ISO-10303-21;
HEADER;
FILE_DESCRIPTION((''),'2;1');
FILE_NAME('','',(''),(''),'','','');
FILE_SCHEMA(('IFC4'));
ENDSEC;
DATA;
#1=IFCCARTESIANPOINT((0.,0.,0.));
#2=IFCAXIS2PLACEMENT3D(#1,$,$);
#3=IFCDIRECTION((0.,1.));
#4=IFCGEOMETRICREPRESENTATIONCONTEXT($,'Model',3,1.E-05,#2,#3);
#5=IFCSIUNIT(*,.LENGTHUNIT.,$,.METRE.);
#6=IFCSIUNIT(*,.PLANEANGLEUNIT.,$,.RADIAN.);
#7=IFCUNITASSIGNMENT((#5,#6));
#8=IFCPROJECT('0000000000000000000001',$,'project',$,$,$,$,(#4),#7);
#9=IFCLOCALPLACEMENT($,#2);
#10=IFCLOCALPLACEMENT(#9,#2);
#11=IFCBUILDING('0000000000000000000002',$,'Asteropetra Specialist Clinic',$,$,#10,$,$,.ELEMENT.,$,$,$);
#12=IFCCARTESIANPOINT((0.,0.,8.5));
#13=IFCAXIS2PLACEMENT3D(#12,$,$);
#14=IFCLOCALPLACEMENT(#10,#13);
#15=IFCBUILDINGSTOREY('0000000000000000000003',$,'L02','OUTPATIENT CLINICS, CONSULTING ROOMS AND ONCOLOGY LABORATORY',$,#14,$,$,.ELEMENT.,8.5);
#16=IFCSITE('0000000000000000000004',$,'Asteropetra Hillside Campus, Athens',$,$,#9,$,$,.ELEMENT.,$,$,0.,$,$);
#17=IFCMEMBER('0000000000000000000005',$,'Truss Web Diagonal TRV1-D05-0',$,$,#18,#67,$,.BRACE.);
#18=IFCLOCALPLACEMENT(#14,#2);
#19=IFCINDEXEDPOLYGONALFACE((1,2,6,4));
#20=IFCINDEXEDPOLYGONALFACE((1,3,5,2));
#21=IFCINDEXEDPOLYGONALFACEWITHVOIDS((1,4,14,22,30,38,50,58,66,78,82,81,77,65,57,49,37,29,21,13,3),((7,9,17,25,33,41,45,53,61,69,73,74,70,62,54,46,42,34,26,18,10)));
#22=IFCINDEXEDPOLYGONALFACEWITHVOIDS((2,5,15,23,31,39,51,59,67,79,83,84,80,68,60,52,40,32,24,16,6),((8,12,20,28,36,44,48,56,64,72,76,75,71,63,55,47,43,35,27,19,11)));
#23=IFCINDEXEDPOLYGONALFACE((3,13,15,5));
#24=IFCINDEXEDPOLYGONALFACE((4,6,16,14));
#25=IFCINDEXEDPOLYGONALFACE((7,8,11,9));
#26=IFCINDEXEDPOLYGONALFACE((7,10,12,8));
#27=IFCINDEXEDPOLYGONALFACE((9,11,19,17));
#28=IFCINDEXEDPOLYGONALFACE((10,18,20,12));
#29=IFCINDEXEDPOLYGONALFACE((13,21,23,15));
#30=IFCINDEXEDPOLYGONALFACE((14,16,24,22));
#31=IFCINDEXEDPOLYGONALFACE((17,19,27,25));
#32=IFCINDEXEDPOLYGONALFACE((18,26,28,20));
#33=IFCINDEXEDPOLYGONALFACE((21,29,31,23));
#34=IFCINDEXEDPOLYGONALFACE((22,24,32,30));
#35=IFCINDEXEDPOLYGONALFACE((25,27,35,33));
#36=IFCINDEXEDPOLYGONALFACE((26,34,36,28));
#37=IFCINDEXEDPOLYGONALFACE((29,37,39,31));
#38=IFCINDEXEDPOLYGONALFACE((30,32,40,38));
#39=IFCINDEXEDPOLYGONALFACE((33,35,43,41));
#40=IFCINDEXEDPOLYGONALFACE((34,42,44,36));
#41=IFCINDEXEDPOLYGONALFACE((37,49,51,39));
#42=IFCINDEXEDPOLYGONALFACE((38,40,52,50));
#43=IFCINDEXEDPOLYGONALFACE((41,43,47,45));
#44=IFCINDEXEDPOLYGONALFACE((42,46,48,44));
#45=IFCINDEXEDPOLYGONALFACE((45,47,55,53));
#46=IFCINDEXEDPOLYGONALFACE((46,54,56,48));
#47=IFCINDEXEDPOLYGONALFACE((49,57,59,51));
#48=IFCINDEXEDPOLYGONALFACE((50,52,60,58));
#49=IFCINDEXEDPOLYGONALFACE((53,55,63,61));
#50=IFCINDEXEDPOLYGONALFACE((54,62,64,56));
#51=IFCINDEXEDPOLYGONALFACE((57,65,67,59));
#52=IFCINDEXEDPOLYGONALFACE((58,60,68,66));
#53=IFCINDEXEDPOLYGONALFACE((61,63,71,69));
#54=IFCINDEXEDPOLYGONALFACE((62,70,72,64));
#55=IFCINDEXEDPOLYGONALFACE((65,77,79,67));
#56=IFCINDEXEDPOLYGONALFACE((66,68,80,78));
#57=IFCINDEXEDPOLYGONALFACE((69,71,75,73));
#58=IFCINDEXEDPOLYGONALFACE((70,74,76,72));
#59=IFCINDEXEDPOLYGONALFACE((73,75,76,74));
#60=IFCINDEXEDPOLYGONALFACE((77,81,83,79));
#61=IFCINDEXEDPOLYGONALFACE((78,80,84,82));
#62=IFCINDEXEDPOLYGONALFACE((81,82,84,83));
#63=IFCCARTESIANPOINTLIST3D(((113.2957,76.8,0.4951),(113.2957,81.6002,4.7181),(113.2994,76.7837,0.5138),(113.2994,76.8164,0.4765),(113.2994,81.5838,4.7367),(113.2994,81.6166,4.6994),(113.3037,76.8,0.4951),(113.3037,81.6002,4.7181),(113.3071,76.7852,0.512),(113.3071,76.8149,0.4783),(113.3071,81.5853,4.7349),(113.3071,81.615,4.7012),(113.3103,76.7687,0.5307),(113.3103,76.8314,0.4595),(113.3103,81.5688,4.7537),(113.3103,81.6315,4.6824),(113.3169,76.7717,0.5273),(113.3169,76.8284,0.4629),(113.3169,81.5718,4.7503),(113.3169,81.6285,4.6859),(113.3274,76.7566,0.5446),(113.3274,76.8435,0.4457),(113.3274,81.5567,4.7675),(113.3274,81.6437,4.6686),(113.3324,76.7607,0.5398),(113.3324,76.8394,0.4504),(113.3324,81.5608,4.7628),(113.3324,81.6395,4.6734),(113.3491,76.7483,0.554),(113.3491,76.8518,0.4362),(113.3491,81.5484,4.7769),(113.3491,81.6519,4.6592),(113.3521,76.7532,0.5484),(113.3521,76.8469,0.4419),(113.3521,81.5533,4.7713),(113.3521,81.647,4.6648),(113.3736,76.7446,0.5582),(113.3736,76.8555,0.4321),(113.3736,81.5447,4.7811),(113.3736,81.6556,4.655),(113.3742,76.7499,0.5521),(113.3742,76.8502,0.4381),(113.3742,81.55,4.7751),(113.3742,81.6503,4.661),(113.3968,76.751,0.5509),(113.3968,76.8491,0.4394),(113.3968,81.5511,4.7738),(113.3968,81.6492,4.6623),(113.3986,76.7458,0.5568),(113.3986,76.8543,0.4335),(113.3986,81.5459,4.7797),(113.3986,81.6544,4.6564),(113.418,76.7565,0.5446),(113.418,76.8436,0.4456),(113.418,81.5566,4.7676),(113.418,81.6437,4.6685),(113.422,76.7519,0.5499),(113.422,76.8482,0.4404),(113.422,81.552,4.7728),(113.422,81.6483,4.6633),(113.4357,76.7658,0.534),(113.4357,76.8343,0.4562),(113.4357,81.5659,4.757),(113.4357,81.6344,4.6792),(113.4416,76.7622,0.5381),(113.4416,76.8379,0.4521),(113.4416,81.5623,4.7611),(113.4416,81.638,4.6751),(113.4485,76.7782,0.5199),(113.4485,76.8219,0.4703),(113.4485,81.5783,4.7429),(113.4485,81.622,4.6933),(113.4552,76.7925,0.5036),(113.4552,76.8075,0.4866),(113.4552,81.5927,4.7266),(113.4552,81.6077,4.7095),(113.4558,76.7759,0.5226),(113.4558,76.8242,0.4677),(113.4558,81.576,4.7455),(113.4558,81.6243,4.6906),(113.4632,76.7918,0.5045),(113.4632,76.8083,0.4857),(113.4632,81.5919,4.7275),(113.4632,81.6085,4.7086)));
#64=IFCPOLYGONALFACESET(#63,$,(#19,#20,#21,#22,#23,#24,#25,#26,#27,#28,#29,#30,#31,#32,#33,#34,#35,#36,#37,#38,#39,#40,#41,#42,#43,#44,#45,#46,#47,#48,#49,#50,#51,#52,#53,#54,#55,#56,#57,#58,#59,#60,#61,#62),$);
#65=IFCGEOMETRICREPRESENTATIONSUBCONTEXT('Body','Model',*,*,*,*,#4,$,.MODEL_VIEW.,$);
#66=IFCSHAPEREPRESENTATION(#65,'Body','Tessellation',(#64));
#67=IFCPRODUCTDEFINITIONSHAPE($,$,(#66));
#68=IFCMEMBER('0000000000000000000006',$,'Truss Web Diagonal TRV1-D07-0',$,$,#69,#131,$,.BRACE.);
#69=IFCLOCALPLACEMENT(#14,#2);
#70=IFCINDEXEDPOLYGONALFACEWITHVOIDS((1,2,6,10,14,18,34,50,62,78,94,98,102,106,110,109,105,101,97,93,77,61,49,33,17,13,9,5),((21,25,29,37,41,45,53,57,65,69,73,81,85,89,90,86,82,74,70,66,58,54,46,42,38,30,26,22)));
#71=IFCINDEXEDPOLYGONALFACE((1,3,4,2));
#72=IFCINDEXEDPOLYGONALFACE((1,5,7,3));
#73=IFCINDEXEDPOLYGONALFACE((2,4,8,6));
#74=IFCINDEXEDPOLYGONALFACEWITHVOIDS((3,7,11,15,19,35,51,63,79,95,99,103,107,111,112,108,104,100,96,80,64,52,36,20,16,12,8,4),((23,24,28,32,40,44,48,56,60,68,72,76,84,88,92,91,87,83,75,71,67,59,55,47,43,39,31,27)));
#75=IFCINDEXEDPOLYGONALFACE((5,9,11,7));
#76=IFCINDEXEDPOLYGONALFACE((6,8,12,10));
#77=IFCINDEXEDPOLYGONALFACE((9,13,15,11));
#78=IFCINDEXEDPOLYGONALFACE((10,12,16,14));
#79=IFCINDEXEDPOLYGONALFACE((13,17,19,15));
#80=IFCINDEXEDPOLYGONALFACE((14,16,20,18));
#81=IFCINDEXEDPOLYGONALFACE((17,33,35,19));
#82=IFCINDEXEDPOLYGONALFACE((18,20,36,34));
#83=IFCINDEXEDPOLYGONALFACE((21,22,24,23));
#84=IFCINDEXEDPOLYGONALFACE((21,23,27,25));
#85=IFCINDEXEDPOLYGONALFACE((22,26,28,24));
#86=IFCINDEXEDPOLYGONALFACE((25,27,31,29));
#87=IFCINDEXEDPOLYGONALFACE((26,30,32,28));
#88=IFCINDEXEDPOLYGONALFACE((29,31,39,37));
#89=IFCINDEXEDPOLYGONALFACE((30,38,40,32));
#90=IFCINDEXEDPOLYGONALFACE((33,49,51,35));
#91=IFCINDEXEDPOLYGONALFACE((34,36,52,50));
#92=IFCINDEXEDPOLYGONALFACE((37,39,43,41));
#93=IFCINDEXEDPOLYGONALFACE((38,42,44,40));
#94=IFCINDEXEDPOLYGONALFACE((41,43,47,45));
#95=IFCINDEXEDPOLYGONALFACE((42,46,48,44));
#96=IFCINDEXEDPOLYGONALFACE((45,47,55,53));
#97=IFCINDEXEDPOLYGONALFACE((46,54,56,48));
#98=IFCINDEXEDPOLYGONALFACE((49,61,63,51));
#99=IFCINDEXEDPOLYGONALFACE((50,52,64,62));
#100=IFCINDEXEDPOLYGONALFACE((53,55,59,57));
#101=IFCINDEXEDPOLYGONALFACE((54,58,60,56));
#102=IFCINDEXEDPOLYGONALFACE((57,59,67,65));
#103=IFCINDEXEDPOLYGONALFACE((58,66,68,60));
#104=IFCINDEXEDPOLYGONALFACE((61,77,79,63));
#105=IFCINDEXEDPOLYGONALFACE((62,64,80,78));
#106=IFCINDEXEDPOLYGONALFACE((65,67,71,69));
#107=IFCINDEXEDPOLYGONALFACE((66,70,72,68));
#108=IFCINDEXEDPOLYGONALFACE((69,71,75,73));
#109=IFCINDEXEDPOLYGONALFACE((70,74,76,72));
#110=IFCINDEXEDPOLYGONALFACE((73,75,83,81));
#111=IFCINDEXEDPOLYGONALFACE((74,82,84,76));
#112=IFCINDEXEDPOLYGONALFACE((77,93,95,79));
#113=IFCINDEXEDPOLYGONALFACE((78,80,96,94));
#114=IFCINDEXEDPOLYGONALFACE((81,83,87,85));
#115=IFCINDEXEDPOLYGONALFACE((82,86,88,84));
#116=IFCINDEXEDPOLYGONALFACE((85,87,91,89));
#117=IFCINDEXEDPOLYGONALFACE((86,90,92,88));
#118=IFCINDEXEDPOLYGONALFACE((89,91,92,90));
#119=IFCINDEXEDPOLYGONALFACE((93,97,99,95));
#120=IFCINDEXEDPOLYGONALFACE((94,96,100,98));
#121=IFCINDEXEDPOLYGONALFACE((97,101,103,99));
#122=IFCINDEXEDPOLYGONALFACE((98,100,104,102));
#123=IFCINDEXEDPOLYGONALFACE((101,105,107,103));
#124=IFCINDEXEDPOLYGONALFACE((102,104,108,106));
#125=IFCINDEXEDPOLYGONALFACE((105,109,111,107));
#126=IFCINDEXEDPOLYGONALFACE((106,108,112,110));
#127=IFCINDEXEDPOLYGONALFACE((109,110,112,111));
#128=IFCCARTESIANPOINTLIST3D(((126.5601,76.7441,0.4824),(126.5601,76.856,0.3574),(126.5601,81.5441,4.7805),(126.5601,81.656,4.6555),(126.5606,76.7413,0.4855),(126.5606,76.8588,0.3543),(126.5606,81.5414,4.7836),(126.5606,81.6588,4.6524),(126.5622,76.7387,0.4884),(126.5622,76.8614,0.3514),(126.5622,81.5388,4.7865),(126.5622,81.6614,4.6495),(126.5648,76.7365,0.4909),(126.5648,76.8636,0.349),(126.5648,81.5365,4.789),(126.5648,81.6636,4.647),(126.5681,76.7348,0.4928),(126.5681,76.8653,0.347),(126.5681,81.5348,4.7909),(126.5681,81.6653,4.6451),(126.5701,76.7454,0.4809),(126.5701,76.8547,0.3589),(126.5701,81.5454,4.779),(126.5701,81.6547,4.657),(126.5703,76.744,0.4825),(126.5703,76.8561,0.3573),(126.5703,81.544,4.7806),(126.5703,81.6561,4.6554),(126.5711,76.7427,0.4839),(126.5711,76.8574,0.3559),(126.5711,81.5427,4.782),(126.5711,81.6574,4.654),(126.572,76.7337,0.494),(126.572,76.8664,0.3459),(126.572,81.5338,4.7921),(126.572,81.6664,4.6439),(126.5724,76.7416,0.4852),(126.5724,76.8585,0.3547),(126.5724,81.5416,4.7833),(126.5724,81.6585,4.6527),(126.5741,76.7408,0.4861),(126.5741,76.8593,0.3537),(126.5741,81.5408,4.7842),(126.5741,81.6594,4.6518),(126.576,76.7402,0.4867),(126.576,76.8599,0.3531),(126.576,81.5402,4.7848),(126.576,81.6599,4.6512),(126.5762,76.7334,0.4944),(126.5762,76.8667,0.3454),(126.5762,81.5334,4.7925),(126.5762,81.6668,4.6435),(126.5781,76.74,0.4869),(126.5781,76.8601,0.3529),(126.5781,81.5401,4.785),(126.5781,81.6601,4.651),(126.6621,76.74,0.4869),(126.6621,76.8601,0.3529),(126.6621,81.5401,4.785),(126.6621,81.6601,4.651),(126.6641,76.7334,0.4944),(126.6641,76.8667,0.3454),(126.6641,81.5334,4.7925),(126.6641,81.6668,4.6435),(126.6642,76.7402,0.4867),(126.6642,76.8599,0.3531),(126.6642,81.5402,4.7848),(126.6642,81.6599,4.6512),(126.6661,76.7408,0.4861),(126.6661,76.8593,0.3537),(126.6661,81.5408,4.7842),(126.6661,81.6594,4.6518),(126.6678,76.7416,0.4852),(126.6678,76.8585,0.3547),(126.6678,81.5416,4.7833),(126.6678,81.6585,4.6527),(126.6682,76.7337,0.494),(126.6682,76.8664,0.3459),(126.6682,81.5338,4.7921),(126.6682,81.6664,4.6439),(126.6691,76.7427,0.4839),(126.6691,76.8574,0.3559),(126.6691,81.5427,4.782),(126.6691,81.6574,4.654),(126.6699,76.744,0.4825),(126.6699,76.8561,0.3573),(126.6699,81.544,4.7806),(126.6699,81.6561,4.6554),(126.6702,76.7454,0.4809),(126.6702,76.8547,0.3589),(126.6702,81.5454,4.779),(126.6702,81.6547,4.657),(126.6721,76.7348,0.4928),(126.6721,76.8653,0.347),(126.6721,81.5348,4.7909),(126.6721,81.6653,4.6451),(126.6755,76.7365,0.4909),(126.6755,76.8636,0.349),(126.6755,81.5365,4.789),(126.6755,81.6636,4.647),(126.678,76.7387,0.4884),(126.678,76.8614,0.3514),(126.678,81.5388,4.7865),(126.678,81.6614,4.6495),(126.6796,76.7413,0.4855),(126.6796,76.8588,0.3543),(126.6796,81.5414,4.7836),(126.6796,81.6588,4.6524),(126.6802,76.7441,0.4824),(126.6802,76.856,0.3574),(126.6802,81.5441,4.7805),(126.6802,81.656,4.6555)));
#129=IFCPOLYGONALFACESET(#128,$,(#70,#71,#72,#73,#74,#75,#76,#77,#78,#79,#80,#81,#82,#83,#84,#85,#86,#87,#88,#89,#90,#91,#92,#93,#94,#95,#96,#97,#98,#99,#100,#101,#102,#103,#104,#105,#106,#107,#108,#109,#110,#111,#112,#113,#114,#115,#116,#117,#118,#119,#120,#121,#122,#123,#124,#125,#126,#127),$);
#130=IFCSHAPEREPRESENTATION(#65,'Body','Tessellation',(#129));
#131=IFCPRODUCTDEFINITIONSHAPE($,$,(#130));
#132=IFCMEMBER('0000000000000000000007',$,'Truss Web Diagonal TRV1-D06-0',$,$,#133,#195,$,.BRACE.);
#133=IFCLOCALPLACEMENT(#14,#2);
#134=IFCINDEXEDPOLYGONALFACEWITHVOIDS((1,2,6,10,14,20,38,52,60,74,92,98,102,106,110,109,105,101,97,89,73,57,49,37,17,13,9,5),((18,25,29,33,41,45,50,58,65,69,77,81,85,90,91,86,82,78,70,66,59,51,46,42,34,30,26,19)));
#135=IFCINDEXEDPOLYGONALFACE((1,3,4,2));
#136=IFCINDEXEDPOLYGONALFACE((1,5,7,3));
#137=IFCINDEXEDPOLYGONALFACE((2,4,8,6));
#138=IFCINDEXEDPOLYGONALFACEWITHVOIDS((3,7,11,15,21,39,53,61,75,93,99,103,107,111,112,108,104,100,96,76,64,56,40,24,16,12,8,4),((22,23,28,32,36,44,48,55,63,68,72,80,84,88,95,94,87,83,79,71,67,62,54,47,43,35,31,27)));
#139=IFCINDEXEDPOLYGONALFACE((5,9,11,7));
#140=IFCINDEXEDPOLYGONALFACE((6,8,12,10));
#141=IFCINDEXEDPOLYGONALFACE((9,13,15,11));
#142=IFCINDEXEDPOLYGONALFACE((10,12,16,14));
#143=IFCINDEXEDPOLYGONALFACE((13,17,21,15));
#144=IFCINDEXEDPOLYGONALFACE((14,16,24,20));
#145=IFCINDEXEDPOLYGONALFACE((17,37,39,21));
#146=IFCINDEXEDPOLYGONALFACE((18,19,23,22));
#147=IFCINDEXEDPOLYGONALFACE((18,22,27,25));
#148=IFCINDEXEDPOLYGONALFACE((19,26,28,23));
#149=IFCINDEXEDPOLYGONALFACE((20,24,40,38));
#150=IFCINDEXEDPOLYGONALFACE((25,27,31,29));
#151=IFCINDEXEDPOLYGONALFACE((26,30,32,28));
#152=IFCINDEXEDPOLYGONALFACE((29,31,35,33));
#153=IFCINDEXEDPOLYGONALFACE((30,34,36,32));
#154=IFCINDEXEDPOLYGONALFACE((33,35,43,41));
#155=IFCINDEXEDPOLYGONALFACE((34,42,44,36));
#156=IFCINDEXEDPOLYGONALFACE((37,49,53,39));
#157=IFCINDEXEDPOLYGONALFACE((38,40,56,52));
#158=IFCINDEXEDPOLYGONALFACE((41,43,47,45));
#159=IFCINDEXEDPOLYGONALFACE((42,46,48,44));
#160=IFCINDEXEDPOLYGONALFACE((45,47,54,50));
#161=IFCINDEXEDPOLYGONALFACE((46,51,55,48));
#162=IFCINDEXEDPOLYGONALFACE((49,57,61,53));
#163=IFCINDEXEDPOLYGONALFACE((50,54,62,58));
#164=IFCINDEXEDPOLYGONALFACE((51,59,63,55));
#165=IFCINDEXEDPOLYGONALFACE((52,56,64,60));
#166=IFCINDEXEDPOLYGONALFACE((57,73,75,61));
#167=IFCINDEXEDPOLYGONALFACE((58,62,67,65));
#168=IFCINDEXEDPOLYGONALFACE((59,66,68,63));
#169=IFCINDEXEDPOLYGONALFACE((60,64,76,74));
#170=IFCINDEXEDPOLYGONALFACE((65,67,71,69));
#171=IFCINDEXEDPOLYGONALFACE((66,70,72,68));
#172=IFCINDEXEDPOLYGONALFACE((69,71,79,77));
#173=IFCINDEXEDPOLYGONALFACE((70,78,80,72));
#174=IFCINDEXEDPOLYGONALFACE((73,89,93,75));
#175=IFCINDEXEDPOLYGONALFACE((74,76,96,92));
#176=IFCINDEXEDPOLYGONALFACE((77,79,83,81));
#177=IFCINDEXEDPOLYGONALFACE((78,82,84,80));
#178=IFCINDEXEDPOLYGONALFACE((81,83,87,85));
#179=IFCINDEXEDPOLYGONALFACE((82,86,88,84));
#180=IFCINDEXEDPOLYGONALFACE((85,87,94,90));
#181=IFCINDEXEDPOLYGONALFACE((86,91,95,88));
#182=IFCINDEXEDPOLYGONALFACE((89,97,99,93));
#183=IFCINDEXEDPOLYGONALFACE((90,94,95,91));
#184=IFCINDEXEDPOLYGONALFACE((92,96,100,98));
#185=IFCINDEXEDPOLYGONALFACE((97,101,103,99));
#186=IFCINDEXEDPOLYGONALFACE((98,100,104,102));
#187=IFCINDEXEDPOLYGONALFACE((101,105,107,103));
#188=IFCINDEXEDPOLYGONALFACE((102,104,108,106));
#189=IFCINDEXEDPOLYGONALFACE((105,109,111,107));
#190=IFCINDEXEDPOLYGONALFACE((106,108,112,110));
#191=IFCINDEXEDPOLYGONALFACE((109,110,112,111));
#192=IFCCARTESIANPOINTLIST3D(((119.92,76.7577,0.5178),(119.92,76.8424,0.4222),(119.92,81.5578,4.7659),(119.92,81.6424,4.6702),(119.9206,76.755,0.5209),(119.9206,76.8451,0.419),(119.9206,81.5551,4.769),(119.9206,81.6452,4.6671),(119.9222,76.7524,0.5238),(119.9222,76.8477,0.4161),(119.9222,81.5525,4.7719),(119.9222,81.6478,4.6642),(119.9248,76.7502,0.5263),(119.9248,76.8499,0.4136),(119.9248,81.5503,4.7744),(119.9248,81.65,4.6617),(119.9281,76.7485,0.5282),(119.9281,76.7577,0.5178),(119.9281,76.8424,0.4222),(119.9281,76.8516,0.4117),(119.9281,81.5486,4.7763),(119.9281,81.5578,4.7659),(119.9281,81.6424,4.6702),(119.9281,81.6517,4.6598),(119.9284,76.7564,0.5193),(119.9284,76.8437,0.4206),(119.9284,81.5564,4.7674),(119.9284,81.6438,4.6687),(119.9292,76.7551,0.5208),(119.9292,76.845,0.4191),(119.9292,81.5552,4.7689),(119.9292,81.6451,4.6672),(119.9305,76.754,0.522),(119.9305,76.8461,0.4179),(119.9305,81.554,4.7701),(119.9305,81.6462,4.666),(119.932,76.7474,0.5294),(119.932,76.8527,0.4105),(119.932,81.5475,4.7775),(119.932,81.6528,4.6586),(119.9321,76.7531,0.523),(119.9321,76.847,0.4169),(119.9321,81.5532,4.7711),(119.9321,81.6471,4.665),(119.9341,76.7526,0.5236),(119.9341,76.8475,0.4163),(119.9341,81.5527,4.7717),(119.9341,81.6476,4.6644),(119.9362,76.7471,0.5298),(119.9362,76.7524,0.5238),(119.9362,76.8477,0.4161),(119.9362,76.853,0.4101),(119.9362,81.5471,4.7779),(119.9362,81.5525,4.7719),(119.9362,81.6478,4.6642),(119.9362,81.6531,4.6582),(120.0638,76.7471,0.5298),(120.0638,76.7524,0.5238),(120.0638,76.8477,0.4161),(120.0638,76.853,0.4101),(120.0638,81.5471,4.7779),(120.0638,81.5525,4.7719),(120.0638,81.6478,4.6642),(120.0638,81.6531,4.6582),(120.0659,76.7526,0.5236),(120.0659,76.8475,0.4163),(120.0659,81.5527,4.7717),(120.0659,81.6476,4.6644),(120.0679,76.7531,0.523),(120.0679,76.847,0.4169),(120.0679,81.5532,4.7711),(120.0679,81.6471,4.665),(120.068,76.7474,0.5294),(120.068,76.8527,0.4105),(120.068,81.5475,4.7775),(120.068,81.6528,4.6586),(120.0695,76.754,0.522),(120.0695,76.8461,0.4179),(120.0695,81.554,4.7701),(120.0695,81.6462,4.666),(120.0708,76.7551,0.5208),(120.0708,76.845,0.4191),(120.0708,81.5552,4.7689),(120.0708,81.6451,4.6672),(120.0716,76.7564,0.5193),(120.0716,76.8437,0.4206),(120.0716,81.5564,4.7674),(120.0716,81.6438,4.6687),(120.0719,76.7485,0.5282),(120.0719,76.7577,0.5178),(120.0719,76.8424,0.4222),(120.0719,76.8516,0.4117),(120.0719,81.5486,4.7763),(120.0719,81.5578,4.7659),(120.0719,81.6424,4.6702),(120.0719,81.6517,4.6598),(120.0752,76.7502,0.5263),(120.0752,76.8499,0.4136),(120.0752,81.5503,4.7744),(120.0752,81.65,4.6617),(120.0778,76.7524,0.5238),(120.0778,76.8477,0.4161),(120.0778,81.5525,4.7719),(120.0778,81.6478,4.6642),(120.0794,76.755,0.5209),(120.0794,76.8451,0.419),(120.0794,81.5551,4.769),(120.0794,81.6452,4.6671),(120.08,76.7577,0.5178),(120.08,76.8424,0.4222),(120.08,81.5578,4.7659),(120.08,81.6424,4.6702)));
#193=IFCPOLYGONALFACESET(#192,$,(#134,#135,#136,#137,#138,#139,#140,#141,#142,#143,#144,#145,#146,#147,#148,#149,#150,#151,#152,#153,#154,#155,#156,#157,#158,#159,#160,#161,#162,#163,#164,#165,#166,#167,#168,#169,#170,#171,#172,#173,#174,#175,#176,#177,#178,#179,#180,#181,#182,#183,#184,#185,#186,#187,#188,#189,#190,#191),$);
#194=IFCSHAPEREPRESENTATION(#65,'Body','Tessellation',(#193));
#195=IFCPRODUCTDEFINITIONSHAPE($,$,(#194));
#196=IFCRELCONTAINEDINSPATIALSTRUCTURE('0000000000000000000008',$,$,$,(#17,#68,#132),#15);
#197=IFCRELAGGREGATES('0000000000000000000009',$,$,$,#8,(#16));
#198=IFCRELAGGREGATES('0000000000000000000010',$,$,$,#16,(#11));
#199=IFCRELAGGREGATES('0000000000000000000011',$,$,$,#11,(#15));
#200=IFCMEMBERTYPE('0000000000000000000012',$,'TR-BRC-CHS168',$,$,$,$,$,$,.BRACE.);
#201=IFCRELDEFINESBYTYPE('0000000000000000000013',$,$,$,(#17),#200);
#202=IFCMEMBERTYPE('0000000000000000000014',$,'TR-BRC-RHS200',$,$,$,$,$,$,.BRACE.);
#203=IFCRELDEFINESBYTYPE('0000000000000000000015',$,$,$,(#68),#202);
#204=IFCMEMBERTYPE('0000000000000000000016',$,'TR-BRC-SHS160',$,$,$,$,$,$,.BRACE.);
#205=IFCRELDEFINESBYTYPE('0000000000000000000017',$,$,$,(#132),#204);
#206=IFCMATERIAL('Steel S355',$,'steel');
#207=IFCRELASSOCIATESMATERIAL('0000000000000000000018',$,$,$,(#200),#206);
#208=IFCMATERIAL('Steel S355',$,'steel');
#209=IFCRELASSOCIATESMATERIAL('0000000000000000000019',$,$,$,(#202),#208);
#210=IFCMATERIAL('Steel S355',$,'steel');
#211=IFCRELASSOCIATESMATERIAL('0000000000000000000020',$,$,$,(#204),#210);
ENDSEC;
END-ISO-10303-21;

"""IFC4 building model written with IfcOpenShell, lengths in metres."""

from ifc_helpers import new_model, si_unit, direction, frame, origin, origin_2d, place, context, subcontext, project, spatial, hollow_rectangle, hollow_circle, extrude, material, material_profile, profile_set, type_object, element, save


model = new_model("IFC4")

# Units and contexts
model_context = context("Model", 3, precision=1e-05, world=origin(), true_north=direction((0.0, 1.0)))
body_context = subcontext(model_context, "Body", "Model", "MODEL_VIEW")
ifc_project = project(units=[si_unit("LENGTHUNIT", "METRE"), si_unit("PLANEANGLEUNIT", "RADIAN")], contexts=[model_context])

# Site, building, storey
site_placement = place(None, origin())
site = spatial("IfcSite", under=ifc_project, at=site_placement, Name="Asteropetra Hillside Campus, Athens", CompositionType="ELEMENT", RefElevation=0.0)
building_placement = place(site_placement, origin())
building = spatial("IfcBuilding", under=site, at=building_placement, Name="Asteropetra Specialist Clinic", CompositionType="ELEMENT")
storey_placement = place(building_placement, frame((0.0, 0.0, 8.5)))
storey = spatial("IfcBuildingStorey", under=building, at=storey_placement, Name="L02", Description="OUTPATIENT CLINICS, CONSULTING ROOMS AND ONCOLOGY LABORATORY", CompositionType="ELEMENT", Elevation=8.5)

# Members
ifc_material_1 = material(Name="Steel S355", Category="steel")
ifc_material_profile_1 = material_profile(ifc_material_1, hollow_circle(Radius=0.0842, WallThickness=0.0081, at=origin_2d()), Name="CHS 168.3x8.0")
ifc_profile_set_1 = profile_set([ifc_material_profile_1], Name="Steel S355")
member_type_1 = type_object("IfcMemberType", Name="TR-BRC-CHS168", PredefinedType="BRACE", material=ifc_profile_set_1)
member_1_placement = place(storey_placement, frame((113.3799, 76.8, 0.4951), z_axis=(0.0, 0.750802, 0.660527), x_axis=(-1.0, 0.0, 0.0)))
element("IfcMember", 1, at=member_1_placement, inside=storey, type_object=member_type_1, Name="Truss Web Diagonal TRV1-D05-0", PredefinedType="BRACE", context=body_context, shape_type="SweptSolid", body=[
    extrude(hollow_circle(Radius=0.0842, WallThickness=0.0081, at=origin_2d()), origin(), (0.0, 0.0, 1.0), 6.3933),
])
ifc_material_2 = material(Name="Steel S355", Category="steel")
ifc_material_profile_2 = material_profile(ifc_material_2, hollow_rectangle(XDim=0.1201, YDim=0.2, WallThickness=0.01, InnerFilletRadius=0.0081, OuterFilletRadius=0.0161, at=origin_2d()), Name="RHS 200x120x10.0")
ifc_profile_set_2 = profile_set([ifc_material_profile_2], Name="Steel S355")
member_type_2 = type_object("IfcMemberType", Name="TR-BRC-RHS200", PredefinedType="BRACE", material=ifc_profile_set_2)
member_2_placement = place(storey_placement, frame((126.6201, 76.8, 0.4199), z_axis=(0.0, 0.744986, 0.667081), x_axis=(-1.0, 0.0, 0.0)))
element("IfcMember", 2, at=member_2_placement, inside=storey, type_object=member_type_2, Name="Truss Web Diagonal TRV1-D07-0", PredefinedType="BRACE", context=body_context, shape_type="SweptSolid", body=[
    extrude(hollow_rectangle(XDim=0.1201, YDim=0.2, WallThickness=0.01, InnerFilletRadius=0.0081, OuterFilletRadius=0.0161, at=origin_2d()), origin(), (0.0, 0.0, 1.0), 6.4431),
])
ifc_material_3 = material(Name="Steel S355", Category="steel")
ifc_material_profile_3 = material_profile(ifc_material_3, hollow_rectangle(XDim=0.1599, YDim=0.1599, WallThickness=0.0081, InnerFilletRadius=0.0081, OuterFilletRadius=0.0161, at=origin_2d()), Name="SHS 160x160x8.0")
ifc_profile_set_3 = profile_set([ifc_material_profile_3], Name="Steel S355")
member_type_3 = type_object("IfcMemberType", Name="TR-BRC-SHS160", PredefinedType="BRACE", material=ifc_profile_set_3)
member_3_placement = place(storey_placement, frame((120.0, 76.8, 0.47), z_axis=(0.0, 0.748853, 0.662736), x_axis=(-1.0, 0.0, 0.0)))
element("IfcMember", 3, at=member_3_placement, inside=storey, type_object=member_type_3, Name="Truss Web Diagonal TRV1-D06-0", PredefinedType="BRACE", context=body_context, shape_type="SweptSolid", body=[
    extrude(hollow_rectangle(XDim=0.1599, YDim=0.1599, WallThickness=0.0081, InnerFilletRadius=0.0081, OuterFilletRadius=0.0161, at=origin_2d()), origin(), (0.0, 0.0, 1.0), 6.4099),
])

save(model, "model.ifc")
